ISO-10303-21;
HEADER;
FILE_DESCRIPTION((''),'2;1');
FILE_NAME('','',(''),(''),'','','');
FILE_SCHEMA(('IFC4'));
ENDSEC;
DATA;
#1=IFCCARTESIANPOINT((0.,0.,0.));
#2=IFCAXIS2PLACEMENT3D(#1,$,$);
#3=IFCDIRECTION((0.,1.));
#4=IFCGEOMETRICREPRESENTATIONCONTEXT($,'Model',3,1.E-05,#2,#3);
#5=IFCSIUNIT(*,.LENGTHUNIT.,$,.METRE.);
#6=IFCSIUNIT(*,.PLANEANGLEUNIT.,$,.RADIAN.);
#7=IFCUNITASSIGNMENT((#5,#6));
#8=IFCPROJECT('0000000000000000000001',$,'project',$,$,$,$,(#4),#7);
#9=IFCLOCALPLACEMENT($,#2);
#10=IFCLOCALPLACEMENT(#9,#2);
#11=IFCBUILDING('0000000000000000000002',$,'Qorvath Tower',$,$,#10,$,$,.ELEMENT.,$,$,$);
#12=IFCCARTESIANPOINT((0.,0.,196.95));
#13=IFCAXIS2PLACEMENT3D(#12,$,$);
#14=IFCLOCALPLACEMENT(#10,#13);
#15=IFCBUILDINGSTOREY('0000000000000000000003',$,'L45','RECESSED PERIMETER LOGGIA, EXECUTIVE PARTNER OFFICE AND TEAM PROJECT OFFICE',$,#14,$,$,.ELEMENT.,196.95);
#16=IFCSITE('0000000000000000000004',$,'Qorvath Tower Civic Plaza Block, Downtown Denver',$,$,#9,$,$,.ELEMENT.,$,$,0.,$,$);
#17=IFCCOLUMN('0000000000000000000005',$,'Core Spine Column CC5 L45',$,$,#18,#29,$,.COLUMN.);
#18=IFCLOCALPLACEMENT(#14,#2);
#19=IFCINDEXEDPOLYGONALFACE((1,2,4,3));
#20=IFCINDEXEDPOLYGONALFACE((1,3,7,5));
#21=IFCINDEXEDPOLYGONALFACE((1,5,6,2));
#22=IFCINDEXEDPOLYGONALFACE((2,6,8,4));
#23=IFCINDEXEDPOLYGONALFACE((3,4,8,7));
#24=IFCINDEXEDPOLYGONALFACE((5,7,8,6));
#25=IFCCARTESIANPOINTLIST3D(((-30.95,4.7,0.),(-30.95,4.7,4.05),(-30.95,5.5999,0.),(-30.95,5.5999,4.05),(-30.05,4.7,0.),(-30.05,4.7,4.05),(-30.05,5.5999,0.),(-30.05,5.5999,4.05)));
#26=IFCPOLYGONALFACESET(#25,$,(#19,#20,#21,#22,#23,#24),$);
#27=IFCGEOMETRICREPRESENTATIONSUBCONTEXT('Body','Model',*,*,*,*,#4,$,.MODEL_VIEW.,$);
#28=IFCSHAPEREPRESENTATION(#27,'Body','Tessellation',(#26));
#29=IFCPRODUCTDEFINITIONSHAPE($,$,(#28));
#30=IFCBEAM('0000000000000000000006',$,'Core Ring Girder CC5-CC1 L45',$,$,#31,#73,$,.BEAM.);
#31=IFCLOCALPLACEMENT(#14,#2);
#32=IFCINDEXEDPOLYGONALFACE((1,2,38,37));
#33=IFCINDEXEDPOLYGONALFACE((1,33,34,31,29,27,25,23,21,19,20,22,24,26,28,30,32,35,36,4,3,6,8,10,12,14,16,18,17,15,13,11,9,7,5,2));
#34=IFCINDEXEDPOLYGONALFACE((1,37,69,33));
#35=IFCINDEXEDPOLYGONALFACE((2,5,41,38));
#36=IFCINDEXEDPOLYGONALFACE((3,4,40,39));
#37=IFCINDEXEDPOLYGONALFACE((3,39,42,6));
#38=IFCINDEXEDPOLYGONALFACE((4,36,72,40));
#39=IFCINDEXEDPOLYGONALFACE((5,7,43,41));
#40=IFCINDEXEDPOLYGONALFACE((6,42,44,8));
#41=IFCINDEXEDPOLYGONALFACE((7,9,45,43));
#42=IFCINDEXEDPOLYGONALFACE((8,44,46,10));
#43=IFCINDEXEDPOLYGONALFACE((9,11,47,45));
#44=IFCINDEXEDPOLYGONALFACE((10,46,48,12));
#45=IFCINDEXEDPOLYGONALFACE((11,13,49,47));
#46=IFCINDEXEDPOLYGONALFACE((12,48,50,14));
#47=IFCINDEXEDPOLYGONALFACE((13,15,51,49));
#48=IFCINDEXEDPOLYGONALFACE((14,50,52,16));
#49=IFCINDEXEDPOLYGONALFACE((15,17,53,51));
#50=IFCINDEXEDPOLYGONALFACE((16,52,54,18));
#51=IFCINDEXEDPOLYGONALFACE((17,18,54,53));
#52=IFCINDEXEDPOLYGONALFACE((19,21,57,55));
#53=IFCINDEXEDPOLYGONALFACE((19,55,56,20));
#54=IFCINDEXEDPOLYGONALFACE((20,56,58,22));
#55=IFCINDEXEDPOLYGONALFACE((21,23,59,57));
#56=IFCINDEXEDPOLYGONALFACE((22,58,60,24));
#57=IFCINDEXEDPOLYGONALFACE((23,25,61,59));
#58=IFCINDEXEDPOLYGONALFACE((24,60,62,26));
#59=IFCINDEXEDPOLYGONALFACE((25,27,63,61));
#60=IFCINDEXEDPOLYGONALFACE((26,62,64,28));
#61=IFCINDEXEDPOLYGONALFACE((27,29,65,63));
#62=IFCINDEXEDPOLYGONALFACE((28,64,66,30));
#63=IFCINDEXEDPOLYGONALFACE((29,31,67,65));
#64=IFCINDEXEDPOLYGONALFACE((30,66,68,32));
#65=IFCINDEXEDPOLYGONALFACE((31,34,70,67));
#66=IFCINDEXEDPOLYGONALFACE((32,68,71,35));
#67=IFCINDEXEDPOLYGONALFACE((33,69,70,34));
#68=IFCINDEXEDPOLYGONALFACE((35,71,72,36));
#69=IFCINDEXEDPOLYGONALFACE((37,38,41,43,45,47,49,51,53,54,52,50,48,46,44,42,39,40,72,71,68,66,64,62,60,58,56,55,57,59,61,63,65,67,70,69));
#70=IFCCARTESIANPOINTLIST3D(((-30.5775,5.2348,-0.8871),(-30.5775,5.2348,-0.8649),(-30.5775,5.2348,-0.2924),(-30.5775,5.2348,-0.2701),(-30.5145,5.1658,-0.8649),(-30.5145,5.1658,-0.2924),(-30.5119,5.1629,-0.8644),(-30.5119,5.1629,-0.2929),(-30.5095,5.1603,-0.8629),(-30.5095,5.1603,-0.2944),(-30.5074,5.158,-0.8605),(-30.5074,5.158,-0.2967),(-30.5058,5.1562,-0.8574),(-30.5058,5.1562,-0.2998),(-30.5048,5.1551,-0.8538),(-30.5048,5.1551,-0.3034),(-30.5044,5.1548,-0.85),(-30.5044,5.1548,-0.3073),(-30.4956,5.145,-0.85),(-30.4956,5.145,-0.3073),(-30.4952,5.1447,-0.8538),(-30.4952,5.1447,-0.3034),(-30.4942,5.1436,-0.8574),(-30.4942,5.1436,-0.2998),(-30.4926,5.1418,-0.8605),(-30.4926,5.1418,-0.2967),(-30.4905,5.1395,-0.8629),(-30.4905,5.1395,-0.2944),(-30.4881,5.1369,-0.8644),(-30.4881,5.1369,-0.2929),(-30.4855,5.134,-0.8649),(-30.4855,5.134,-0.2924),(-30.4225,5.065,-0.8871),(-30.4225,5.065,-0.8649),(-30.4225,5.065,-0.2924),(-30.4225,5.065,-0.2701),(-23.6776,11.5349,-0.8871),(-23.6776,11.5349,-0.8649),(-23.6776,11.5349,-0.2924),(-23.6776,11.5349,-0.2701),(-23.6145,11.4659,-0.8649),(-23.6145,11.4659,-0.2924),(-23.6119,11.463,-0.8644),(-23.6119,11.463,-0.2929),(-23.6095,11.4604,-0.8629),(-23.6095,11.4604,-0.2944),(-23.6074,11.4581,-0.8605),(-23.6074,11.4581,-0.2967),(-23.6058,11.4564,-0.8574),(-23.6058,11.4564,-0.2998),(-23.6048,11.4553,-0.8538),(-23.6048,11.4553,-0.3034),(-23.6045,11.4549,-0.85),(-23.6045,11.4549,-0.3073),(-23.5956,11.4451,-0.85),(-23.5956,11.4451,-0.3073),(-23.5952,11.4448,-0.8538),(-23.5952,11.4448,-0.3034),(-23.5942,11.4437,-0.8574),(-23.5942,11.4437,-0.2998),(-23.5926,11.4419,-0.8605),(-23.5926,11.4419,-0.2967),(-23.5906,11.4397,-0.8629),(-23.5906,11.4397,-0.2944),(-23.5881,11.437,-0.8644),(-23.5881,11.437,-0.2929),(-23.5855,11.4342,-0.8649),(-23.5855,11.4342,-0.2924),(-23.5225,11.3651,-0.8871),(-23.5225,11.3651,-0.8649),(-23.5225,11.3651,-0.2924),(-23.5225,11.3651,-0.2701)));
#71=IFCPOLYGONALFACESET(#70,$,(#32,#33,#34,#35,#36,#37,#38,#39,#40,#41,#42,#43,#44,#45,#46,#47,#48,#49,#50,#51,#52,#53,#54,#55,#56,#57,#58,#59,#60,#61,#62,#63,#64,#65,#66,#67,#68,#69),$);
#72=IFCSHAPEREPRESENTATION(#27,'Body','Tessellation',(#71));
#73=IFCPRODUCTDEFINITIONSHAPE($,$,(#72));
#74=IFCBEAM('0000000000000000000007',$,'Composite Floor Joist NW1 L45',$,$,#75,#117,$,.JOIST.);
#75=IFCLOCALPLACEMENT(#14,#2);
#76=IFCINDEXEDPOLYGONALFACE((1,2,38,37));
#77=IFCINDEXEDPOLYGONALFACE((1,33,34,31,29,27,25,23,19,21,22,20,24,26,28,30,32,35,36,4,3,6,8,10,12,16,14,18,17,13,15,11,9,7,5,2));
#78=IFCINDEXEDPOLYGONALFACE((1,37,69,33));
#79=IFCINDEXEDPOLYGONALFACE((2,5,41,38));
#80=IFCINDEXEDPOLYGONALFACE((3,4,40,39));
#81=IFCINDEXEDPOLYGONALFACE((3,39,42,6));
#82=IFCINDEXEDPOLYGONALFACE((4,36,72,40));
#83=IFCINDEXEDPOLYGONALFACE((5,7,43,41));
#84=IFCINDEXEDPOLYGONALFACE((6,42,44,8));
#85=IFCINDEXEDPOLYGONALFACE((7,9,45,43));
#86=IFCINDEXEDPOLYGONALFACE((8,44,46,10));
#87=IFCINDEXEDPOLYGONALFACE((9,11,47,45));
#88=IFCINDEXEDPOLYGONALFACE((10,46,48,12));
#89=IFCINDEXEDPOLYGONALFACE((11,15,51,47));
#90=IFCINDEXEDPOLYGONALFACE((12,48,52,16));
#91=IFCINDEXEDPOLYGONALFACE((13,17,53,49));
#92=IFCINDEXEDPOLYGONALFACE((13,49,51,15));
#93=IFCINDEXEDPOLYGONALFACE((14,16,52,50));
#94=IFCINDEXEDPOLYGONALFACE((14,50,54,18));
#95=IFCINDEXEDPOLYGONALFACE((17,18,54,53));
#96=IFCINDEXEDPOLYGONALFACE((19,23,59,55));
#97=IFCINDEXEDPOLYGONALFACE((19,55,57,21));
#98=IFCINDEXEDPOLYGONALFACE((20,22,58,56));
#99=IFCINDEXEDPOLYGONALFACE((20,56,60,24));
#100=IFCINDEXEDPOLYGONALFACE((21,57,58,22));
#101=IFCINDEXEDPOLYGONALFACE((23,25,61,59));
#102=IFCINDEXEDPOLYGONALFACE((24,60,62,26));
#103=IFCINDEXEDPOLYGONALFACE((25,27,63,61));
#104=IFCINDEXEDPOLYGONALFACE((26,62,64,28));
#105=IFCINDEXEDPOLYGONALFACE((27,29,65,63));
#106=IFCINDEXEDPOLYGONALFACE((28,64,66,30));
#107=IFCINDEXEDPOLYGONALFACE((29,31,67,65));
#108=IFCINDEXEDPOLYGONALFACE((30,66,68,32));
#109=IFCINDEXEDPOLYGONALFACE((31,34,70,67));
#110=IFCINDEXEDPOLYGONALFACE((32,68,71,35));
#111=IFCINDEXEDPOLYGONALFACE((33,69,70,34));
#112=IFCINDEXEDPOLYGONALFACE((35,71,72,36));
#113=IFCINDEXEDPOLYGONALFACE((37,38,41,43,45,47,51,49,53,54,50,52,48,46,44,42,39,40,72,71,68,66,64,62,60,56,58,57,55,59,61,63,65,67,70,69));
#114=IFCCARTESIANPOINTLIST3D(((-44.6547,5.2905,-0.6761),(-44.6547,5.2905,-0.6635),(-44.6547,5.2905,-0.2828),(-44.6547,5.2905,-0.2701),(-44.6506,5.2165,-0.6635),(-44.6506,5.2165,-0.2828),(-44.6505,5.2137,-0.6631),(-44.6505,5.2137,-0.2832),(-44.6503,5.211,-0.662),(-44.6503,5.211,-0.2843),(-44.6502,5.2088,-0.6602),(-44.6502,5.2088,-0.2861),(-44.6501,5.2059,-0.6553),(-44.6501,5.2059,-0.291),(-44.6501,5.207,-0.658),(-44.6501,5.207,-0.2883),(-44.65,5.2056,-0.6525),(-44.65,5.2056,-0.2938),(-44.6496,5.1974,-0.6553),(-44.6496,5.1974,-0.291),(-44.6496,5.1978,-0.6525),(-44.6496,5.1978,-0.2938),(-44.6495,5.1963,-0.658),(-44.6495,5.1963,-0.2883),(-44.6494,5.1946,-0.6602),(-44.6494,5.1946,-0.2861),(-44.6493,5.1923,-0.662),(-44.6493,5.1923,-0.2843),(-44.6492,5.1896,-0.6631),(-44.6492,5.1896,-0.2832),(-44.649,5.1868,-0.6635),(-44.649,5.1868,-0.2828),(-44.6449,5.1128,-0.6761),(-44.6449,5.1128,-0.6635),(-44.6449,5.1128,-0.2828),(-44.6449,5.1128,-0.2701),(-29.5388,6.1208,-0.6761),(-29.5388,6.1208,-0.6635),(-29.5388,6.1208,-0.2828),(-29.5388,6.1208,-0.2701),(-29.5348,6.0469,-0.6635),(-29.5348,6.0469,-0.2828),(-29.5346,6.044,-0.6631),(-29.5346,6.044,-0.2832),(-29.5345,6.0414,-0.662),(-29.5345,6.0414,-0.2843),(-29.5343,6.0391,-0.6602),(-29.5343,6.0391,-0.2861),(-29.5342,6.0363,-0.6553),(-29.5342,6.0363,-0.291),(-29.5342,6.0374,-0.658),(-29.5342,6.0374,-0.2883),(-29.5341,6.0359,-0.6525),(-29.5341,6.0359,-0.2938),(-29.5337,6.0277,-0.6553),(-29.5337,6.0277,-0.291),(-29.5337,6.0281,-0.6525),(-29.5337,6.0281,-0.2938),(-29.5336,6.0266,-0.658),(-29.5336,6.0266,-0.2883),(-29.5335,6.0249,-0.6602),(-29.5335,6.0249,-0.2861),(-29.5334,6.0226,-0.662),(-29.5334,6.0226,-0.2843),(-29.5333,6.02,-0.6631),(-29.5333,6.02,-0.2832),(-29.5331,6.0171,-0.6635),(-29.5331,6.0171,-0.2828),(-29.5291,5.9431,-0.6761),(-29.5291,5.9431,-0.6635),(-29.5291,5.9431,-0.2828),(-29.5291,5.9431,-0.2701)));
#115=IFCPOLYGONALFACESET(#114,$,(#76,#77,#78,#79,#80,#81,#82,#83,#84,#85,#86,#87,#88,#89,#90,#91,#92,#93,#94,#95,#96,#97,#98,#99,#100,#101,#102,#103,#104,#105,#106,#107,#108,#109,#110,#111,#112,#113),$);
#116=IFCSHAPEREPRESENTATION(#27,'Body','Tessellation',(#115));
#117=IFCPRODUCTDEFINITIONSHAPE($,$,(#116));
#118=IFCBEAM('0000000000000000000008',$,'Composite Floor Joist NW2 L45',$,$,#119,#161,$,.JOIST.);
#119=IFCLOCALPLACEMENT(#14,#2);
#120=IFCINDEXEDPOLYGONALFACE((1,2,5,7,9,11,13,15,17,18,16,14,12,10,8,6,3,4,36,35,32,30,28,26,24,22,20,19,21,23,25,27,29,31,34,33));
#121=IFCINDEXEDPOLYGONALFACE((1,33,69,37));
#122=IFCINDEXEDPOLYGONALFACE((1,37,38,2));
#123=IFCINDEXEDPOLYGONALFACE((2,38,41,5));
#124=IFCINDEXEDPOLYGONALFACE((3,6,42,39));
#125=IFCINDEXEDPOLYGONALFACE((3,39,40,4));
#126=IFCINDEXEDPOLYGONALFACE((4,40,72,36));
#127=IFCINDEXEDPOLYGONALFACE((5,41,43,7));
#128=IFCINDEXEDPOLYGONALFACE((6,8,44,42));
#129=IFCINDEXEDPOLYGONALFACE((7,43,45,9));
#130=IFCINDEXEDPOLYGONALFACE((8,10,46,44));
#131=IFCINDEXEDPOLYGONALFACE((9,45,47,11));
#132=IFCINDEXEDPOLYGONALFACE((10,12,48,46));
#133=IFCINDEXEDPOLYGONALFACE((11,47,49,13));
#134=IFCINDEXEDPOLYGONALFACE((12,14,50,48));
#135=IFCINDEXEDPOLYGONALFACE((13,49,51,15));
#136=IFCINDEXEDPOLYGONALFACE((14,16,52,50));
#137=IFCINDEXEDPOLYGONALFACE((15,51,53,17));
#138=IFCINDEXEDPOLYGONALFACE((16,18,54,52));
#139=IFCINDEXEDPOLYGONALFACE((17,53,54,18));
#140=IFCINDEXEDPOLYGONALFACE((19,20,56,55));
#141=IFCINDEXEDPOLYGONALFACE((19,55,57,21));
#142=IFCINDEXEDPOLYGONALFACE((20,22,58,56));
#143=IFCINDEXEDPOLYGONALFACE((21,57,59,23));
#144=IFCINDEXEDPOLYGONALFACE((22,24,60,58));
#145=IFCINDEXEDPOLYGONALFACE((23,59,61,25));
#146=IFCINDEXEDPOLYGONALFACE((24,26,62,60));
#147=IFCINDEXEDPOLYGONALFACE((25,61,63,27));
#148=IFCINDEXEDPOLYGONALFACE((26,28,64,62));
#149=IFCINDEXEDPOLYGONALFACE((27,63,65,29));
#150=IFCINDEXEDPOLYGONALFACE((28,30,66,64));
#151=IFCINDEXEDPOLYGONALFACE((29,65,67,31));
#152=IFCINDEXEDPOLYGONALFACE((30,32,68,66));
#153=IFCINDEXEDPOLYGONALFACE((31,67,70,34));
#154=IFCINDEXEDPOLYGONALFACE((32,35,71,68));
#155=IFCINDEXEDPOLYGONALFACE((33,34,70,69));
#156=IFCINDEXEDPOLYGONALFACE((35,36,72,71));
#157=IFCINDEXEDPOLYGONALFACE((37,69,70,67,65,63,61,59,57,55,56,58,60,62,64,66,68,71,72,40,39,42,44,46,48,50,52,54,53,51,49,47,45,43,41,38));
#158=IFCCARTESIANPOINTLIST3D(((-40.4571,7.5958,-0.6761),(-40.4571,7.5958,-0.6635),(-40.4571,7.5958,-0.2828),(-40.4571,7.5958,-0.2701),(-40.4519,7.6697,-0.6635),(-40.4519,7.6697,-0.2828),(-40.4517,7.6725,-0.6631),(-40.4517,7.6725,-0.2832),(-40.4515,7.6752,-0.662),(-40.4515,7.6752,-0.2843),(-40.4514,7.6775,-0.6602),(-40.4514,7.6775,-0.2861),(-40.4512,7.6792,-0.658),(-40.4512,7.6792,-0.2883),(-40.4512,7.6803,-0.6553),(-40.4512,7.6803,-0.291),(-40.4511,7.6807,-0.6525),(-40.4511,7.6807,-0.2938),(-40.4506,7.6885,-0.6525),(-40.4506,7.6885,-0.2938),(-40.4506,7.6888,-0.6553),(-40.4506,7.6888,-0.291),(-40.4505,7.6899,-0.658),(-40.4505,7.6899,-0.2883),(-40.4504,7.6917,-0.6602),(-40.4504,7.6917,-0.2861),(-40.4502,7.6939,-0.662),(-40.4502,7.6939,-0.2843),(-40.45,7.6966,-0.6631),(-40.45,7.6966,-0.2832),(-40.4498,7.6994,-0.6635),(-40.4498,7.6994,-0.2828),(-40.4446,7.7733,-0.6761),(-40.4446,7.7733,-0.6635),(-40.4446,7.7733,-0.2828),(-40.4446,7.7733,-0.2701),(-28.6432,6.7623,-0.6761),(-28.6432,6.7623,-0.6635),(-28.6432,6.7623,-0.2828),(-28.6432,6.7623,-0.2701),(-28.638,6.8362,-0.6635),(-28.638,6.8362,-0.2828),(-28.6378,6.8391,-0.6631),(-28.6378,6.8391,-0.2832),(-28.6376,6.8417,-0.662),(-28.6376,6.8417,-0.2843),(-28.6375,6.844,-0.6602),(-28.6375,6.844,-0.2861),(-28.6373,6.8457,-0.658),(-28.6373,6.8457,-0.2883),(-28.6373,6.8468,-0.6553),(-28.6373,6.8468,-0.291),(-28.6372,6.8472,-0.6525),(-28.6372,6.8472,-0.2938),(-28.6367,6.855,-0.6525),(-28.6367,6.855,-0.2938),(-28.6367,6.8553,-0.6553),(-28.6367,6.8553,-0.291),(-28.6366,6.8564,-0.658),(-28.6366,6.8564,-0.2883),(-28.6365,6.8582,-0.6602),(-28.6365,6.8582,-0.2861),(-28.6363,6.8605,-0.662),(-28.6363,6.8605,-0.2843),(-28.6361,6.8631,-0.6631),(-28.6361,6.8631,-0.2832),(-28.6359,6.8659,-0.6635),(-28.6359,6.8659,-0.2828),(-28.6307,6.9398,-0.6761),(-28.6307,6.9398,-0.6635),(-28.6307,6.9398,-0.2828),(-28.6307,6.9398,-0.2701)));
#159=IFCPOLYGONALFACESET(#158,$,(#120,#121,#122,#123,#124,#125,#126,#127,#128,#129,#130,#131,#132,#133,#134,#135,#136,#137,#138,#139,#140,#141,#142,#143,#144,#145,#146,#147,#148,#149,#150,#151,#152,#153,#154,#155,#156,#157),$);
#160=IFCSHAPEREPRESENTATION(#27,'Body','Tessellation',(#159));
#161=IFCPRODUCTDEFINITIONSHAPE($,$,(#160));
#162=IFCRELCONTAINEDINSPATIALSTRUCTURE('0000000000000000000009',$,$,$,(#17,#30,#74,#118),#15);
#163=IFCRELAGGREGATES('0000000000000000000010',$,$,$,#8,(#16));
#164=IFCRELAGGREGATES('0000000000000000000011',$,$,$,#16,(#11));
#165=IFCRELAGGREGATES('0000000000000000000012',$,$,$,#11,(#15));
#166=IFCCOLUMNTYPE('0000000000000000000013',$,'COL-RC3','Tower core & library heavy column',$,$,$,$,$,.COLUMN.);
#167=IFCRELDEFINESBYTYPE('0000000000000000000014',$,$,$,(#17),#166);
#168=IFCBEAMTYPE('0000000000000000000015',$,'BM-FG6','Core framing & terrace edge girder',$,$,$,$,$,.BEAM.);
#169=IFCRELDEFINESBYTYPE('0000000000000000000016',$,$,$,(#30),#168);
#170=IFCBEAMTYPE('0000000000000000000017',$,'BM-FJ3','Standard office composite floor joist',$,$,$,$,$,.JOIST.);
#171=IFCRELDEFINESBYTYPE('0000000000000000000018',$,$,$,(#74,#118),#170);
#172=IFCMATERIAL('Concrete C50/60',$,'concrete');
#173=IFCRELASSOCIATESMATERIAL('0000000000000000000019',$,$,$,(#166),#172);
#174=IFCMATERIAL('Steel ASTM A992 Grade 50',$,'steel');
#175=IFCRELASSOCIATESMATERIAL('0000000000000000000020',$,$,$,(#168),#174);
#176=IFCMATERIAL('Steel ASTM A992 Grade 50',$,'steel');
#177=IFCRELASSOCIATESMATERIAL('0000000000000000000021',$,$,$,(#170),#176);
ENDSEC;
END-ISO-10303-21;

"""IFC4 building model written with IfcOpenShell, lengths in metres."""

from ifc_helpers import new_model, si_unit, direction, frame, origin, origin_2d, place, context, subcontext, project, spatial, rectangle, i_section, extrude, material, material_profile, profile_set, type_object, element, save


model = new_model("IFC4")

# Units and contexts
model_context = context("Model", 3, precision=1e-05, world=origin(), true_north=direction((0.0, 1.0)))
body_context = subcontext(model_context, "Body", "Model", "MODEL_VIEW")
ifc_project = project(units=[si_unit("LENGTHUNIT", "METRE"), si_unit("PLANEANGLEUNIT", "RADIAN")], contexts=[model_context])

# Site, building, storey
site_placement = place(None, origin())
site = spatial("IfcSite", under=ifc_project, at=site_placement, Name="Qorvath Tower Civic Plaza Block, Downtown Denver", CompositionType="ELEMENT", RefElevation=0.0)
building_placement = place(site_placement, origin())
building = spatial("IfcBuilding", under=site, at=building_placement, Name="Qorvath Tower", CompositionType="ELEMENT")
storey_placement = place(building_placement, frame((0.0, 0.0, 196.95)))
storey = spatial("IfcBuildingStorey", under=building, at=storey_placement, Name="L45", Description="RECESSED PERIMETER LOGGIA, EXECUTIVE PARTNER OFFICE AND TEAM PROJECT OFFICE", CompositionType="ELEMENT", Elevation=196.95)

# Column
ifc_material_1 = material(Name="Concrete C50/60", Category="concrete")
ifc_material_profile_1 = material_profile(ifc_material_1, rectangle(XDim=0.8999, YDim=0.8999, at=origin_2d()), Name="RC 900x900")
ifc_profile_set_1 = profile_set([ifc_material_profile_1], Name="Concrete C50/60")
column_type = type_object("IfcColumnType", Name="COL-RC3", Description="Tower core & library heavy column", PredefinedType="COLUMN", material=ifc_profile_set_1)
column_placement = place(storey_placement, frame((-30.5, 5.1499, 0.0), z_axis=(0.0, 0.0, 1.0), x_axis=(1.0, 0.0, 0.0)))
element("IfcColumn", 1, at=column_placement, inside=storey, type_object=column_type, Name="Core Spine Column CC5 L45", PredefinedType="COLUMN", context=body_context, shape_type="SweptSolid", body=[
    extrude(rectangle(XDim=0.8999, YDim=0.8999, at=origin_2d()), origin(), (0.0, 0.0, 1.0), 4.05),
])

# Beams
ifc_material_2 = material(Name="Steel ASTM A992 Grade 50", Category="steel")
ifc_material_profile_2 = material_profile(ifc_material_2, i_section(OverallWidth=0.23, OverallDepth=0.6169, WebThickness=0.0132, FlangeThickness=0.0222, FilletRadius=0.0149, at=origin_2d()), Name="W24x94")
ifc_profile_set_2 = profile_set([ifc_material_profile_2], Name="Steel ASTM A992 Grade 50")
beam_type_1 = type_object("IfcBeamType", Name="BM-FG6", Description="Core framing & terrace edge girder", PredefinedType="BEAM", material=ifc_profile_set_2)
beam_1_placement = place(storey_placement, frame((-30.5, 5.1499, -0.5786), z_axis=(0.738478, 0.674277, 0.0), x_axis=(-0.674277, 0.738478, 0.0)))
element("IfcBeam", 2, at=beam_1_placement, inside=storey, type_object=beam_type_1, Name="Core Ring Girder CC5-CC1 L45", PredefinedType="BEAM", context=body_context, shape_type="SweptSolid", body=[
    extrude(i_section(OverallWidth=0.23, OverallDepth=0.6169, WebThickness=0.0132, FlangeThickness=0.0222, FilletRadius=0.0149, at=origin_2d()), origin(), (0.0, 0.0, 1.0), 9.3435),
])
ifc_material_3 = material(Name="Steel ASTM A992 Grade 50", Category="steel")
ifc_material_profile_3 = material_profile(ifc_material_3, i_section(OverallWidth=0.178, OverallDepth=0.406, WebThickness=0.0078, FlangeThickness=0.0127, FilletRadius=0.011, at=origin_2d()), Name="W16x40")
ifc_profile_set_3 = profile_set([ifc_material_profile_3], Name="Steel ASTM A992 Grade 50")
beam_type_2 = type_object("IfcBeamType", Name="BM-FJ3", Description="Standard office composite floor joist", PredefinedType="JOIST", material=ifc_profile_set_3)
beam_2_placement = place(storey_placement, frame((-29.5339, 6.032, -0.4731), z_axis=(-0.998495, -0.054847, 0.0), x_axis=(0.054847, -0.998495, 0.0)))
element("IfcBeam", 3, at=beam_2_placement, inside=storey, type_object=beam_type_2, Name="Composite Floor Joist NW1 L45", PredefinedType="JOIST", context=body_context, shape_type="SweptSolid", body=[
    extrude(i_section(OverallWidth=0.178, OverallDepth=0.406, WebThickness=0.0078, FlangeThickness=0.0127, FilletRadius=0.011, at=origin_2d()), origin(), (0.0, 0.0, 1.0), 15.1387),
])
beam_3_placement = place(storey_placement, frame((-28.637, 6.8511, -0.4731), z_axis=(-0.99752, 0.070377, 0.0), x_axis=(-0.070377, -0.99752, 0.0)))
element("IfcBeam", 4, at=beam_3_placement, inside=storey, type_object=beam_type_2, Name="Composite Floor Joist NW2 L45", PredefinedType="JOIST", context=body_context, shape_type="SweptSolid", body=[
    extrude(i_section(OverallWidth=0.178, OverallDepth=0.406, WebThickness=0.0078, FlangeThickness=0.0127, FilletRadius=0.011, at=origin_2d()), origin(), (0.0, 0.0, 1.0), 11.8433),
])

save(model, "model.ifc")
